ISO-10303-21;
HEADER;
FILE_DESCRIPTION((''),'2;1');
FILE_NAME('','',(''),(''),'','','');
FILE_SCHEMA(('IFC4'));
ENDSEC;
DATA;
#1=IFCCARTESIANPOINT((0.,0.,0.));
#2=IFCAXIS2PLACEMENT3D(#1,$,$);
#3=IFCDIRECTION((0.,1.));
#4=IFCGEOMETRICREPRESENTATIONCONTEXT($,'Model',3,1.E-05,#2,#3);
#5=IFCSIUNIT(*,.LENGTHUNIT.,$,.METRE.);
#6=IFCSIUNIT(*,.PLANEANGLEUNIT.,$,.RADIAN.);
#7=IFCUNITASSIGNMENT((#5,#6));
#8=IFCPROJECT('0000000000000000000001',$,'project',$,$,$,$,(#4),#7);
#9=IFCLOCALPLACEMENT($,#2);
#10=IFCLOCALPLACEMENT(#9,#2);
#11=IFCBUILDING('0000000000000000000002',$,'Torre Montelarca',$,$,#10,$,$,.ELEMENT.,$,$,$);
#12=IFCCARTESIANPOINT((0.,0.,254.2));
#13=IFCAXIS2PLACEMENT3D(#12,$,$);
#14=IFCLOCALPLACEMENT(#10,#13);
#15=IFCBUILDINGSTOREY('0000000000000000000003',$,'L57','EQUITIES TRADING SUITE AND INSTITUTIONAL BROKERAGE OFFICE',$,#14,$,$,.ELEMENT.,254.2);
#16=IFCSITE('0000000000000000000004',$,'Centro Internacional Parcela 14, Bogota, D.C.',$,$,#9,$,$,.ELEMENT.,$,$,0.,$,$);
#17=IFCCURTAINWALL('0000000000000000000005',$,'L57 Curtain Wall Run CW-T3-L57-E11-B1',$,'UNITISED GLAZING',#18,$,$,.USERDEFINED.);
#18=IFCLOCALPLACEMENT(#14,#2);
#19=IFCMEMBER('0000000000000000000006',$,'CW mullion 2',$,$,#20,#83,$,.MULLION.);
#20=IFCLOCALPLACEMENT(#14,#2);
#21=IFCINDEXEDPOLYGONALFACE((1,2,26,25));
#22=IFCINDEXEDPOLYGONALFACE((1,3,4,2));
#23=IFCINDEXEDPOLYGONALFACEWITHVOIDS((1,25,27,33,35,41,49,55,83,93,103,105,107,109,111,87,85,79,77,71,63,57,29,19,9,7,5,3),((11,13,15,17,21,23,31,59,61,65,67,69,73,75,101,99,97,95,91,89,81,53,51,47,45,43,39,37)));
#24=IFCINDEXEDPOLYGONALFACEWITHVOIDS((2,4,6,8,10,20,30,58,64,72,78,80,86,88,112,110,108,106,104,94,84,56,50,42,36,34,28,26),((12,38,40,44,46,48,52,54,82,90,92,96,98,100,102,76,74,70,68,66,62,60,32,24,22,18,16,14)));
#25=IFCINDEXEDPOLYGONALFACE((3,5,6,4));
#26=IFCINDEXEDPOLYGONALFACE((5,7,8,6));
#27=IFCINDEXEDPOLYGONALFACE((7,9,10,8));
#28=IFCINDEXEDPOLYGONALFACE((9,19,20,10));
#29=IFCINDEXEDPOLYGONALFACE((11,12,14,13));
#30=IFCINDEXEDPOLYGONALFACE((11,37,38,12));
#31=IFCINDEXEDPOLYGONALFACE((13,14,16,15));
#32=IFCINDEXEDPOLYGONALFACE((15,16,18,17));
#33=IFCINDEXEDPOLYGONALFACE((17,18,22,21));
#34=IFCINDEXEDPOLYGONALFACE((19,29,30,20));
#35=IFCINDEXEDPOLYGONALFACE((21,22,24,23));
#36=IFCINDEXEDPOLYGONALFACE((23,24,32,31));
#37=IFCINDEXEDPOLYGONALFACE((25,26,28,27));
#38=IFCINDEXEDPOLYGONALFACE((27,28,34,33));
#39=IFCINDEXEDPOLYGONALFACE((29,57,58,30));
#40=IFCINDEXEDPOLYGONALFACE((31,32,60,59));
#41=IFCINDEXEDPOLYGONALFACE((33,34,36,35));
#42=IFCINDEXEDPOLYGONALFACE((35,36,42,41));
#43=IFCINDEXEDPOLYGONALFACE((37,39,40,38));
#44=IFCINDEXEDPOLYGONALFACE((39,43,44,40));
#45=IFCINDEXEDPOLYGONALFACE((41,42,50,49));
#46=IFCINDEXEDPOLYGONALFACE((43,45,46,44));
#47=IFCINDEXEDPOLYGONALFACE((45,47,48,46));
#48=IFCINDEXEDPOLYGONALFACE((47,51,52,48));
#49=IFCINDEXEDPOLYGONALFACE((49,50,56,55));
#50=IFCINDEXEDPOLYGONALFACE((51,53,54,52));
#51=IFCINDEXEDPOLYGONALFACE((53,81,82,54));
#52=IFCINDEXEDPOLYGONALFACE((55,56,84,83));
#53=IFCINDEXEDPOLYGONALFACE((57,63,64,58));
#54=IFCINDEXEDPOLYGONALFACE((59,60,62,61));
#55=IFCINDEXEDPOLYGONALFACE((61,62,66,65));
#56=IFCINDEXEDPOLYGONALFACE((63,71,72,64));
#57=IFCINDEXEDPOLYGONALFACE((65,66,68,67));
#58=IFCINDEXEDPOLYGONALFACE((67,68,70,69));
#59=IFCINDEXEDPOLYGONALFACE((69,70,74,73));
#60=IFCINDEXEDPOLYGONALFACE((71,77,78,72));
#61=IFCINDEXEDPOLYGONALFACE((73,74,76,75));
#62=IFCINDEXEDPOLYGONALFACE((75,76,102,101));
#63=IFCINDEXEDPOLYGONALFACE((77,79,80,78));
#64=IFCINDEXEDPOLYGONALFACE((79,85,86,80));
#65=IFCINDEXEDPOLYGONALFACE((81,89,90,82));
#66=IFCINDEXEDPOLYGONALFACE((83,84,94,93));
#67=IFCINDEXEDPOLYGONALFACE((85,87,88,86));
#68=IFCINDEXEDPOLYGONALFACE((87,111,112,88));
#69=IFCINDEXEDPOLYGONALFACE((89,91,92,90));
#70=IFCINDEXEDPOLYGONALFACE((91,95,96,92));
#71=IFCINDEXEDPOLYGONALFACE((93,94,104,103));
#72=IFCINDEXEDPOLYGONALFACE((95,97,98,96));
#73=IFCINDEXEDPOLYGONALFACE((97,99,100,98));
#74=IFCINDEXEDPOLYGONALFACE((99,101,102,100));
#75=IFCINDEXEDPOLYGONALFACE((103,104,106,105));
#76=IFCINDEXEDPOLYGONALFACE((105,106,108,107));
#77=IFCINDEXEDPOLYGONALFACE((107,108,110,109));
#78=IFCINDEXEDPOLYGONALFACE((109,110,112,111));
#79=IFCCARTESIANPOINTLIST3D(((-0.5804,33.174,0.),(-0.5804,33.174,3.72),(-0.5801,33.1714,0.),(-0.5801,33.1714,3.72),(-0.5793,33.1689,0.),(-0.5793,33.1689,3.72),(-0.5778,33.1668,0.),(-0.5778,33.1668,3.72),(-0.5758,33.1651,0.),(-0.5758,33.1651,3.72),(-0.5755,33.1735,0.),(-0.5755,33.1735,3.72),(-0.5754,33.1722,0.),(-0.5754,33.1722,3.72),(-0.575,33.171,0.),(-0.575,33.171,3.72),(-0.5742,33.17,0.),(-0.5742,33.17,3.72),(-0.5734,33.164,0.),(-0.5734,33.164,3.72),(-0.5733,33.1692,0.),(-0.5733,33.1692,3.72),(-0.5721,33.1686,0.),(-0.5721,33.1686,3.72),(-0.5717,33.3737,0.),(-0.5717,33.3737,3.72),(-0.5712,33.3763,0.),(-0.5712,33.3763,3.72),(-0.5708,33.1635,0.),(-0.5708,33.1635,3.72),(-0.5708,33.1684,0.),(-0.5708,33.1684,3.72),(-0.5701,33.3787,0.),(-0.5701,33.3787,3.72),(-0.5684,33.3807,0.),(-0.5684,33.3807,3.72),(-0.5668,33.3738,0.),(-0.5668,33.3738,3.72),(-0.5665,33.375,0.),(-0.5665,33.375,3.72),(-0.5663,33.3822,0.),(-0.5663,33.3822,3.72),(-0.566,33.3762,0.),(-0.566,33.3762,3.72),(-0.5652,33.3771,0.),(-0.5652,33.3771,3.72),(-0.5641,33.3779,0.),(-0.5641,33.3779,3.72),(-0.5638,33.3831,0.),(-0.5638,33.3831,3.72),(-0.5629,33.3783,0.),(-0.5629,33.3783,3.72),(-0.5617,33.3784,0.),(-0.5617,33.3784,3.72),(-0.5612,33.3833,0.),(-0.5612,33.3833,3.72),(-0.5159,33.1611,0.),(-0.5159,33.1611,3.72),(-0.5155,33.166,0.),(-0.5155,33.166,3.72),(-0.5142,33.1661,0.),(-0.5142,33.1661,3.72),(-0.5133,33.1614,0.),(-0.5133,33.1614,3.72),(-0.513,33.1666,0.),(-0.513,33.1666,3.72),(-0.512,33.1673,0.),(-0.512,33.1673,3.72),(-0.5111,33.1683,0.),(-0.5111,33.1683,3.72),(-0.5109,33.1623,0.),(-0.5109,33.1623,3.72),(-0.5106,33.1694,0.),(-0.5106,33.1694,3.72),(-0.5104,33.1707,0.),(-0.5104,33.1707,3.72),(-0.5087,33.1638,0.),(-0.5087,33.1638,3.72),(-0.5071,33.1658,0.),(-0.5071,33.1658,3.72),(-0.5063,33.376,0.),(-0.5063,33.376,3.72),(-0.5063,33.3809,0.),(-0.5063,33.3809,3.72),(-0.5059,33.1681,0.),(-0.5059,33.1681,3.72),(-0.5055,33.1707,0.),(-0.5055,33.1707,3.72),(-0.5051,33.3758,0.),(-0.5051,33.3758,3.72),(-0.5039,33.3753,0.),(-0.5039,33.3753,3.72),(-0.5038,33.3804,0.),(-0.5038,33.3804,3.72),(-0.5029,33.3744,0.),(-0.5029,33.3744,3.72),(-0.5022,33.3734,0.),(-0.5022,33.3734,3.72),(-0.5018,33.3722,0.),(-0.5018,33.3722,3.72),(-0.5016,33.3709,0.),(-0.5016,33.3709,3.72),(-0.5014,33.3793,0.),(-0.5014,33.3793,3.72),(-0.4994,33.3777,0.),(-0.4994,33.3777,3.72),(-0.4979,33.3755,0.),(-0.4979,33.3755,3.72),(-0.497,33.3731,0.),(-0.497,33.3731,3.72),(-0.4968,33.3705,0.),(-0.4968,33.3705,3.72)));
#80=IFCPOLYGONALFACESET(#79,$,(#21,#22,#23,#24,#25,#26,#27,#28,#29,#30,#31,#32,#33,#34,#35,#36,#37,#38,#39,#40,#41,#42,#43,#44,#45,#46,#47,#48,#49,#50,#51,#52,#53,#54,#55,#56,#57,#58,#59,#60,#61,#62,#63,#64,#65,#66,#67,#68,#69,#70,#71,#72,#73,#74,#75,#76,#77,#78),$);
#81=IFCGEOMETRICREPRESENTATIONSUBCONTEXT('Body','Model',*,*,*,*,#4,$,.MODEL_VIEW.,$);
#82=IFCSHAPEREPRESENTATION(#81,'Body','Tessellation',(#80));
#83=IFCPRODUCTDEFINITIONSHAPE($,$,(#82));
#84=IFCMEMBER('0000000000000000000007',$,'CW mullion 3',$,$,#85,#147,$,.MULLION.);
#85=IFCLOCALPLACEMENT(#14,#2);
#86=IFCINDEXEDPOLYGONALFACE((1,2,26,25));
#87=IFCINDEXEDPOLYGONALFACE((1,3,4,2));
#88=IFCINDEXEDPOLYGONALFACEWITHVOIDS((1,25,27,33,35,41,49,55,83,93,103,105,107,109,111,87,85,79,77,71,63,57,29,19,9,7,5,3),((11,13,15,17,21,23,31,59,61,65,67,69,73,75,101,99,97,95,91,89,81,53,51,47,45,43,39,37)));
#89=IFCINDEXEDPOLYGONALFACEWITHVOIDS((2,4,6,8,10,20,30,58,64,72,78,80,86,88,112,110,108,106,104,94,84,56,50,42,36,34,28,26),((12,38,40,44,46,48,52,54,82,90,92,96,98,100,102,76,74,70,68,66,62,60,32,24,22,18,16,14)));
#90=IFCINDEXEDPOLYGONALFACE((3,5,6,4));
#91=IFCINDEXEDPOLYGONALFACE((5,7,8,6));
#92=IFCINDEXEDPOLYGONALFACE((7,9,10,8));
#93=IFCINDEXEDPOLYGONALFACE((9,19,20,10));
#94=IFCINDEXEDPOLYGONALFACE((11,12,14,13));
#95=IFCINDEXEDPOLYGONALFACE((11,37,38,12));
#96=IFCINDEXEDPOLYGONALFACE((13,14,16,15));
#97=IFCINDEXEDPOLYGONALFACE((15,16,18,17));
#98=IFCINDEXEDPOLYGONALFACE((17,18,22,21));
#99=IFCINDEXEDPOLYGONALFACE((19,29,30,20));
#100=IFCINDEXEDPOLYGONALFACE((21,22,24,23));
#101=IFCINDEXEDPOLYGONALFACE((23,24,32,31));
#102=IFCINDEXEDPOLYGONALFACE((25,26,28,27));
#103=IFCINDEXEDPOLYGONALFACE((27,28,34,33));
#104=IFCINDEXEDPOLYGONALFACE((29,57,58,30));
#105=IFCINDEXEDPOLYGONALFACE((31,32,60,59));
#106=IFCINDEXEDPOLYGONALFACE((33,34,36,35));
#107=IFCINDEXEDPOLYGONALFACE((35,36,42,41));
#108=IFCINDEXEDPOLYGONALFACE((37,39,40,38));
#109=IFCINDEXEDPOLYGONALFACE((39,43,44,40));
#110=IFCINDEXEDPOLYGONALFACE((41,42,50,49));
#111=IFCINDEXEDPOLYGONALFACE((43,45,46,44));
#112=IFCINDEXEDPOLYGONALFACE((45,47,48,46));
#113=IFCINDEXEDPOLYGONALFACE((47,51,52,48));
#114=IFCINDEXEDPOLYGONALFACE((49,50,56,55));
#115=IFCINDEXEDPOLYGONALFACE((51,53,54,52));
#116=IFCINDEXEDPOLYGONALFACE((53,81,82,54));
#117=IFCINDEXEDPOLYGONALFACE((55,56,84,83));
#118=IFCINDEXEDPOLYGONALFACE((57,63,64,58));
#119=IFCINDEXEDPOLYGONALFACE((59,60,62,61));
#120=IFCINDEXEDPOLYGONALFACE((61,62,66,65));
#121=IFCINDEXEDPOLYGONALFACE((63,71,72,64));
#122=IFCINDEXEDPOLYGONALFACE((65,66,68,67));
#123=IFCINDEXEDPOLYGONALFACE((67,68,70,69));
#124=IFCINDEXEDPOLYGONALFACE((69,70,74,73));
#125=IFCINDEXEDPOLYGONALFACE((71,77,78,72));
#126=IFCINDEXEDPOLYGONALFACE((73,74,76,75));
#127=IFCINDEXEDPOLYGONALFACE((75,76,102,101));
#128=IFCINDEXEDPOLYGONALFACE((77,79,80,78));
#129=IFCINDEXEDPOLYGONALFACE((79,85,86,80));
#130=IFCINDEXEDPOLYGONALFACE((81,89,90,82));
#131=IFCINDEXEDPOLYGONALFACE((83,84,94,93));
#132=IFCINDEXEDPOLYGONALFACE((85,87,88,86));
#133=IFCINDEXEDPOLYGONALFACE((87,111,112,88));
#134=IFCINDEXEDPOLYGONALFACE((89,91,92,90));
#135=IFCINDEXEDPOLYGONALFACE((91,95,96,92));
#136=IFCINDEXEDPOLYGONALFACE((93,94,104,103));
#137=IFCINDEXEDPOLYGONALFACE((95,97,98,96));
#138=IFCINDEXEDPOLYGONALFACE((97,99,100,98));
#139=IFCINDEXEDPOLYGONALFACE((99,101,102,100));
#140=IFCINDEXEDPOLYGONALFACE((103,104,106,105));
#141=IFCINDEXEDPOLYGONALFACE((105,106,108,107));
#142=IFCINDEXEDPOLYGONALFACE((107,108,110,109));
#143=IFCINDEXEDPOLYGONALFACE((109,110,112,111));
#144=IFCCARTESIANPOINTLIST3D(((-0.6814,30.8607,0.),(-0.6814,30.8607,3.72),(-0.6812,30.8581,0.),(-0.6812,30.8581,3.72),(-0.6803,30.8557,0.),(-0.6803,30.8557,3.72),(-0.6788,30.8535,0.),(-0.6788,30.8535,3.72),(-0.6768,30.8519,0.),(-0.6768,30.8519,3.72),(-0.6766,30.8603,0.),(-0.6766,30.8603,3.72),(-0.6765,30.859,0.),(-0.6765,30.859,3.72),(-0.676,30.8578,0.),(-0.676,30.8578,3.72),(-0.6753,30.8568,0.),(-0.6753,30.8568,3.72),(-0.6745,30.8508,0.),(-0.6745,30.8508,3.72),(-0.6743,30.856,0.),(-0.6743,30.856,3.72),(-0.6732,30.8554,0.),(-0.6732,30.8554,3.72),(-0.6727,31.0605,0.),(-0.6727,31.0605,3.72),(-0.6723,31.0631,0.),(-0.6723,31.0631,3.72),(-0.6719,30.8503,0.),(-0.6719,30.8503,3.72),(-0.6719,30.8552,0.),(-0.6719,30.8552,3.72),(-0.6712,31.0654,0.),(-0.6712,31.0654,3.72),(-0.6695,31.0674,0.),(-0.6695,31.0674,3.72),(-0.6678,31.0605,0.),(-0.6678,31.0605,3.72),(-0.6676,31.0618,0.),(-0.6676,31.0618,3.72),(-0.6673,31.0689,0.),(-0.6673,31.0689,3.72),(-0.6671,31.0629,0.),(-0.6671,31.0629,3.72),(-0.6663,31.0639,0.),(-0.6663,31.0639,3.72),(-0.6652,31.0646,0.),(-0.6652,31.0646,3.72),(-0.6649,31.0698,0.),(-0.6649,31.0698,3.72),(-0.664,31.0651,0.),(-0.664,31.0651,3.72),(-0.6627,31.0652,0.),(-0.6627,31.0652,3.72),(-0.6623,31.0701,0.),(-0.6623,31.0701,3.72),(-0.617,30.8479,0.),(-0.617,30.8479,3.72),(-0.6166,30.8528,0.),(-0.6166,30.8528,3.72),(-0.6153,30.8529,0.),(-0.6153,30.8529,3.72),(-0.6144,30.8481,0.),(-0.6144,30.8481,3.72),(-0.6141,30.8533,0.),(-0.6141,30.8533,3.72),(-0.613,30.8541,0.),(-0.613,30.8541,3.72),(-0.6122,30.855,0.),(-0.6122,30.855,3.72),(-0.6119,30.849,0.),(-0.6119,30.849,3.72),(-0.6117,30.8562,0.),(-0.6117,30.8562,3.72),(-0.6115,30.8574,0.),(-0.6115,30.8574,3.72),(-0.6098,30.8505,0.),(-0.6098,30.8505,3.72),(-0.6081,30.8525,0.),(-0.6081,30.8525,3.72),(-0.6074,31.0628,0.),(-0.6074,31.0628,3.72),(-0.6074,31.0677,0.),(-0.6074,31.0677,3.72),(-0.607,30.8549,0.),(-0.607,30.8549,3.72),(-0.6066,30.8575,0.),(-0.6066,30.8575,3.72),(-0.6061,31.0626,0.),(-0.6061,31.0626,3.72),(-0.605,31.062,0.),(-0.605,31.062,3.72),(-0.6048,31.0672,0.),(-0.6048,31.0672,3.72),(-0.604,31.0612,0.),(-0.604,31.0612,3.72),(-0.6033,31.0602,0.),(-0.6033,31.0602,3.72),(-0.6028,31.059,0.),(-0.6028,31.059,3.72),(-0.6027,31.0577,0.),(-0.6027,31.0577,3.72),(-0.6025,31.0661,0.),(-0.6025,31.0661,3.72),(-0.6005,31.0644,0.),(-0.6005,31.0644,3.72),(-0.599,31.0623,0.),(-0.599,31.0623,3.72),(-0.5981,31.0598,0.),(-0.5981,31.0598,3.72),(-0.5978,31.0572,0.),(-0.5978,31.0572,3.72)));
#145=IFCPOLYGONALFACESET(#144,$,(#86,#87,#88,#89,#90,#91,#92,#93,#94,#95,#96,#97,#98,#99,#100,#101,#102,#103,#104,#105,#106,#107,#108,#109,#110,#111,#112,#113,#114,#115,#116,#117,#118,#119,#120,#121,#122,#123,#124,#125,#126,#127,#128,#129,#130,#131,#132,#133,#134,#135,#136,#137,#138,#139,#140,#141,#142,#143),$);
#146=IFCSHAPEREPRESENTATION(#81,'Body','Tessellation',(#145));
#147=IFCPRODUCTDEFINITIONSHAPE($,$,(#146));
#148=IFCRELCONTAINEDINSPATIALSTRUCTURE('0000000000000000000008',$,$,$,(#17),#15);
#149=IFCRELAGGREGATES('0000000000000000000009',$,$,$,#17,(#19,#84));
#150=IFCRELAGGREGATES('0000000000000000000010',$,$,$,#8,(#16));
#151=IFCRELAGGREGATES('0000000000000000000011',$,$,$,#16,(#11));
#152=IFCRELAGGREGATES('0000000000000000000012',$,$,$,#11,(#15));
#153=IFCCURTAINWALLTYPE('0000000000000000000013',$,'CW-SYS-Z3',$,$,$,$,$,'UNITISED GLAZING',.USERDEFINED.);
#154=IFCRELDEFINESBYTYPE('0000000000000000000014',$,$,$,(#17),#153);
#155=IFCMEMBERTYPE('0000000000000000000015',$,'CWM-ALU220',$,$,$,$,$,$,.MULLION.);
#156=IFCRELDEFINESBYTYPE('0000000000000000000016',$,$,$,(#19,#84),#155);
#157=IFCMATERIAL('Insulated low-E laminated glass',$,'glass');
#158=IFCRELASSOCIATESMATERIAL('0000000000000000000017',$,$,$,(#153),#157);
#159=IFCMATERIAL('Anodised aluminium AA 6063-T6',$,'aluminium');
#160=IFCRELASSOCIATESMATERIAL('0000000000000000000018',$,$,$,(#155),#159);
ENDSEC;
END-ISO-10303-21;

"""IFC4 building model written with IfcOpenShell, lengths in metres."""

from ifc_helpers import new_model, si_unit, direction, frame, origin, origin_2d, place, context, subcontext, project, spatial, hollow_rectangle, extrude, source, transform, mapped, material, material_profile, profile_set, type_object, element, aggregate, save


model = new_model("IFC4")

# Units and contexts
model_context = context("Model", 3, precision=1e-05, world=origin(), true_north=direction((0.0, 1.0)))
body_context = subcontext(model_context, "Body", "Model", "MODEL_VIEW")
ifc_project = project(units=[si_unit("LENGTHUNIT", "METRE"), si_unit("PLANEANGLEUNIT", "RADIAN")], contexts=[model_context])

# Site, building, storey
site_placement = place(None, origin())
site = spatial("IfcSite", under=ifc_project, at=site_placement, Name="Centro Internacional Parcela 14, Bogota, D.C.", CompositionType="ELEMENT", RefElevation=0.0)
building_placement = place(site_placement, origin())
building = spatial("IfcBuilding", under=site, at=building_placement, Name="Torre Montelarca", CompositionType="ELEMENT")
storey_placement = place(building_placement, frame((0.0, 0.0, 254.2)))
storey = spatial("IfcBuildingStorey", under=building, at=storey_placement, Name="L57", Description="EQUITIES TRADING SUITE AND INSTITUTIONAL BROKERAGE OFFICE", CompositionType="ELEMENT", Elevation=254.2)

# Shared definitions
ifc_material_1 = material(Name="Insulated low-E laminated glass", Category="glass")
curtain_wall_type = type_object("IfcCurtainWallType", Name="CW-SYS-Z3", ElementType="UNITISED GLAZING", PredefinedType="USERDEFINED", material=ifc_material_1)
ifc_material_2 = material(Name="Anodised aluminium AA 6063-T6", Category="aluminium")
ifc_material_profile_1 = material_profile(ifc_material_2, hollow_rectangle(XDim=0.075, YDim=0.22, WallThickness=0.0049, InnerFilletRadius=0.0049, OuterFilletRadius=0.01, at=origin_2d()), Name="ALU75X220X5", Category="aluminium")
ifc_profile_set_1 = profile_set([ifc_material_profile_1], Name="Anodised aluminium AA 6063-T6")
member_type_1 = type_object("IfcMemberType", Name="CWM-ALU220", PredefinedType="MULLION", material=ifc_profile_set_1)
shared_shape_1 = source(origin(), body_context, "Body", "SweptSolid", [
    extrude(hollow_rectangle(XDim=0.075, YDim=0.22, WallThickness=0.0049, InnerFilletRadius=0.0049, OuterFilletRadius=0.01, at=origin_2d()), origin(), (0.0, 0.0, 1.0), 3.72),
])

# Curtain wall, members
curtain_wall_1_placement = place(storey_placement, origin())
curtain_wall_1 = element("IfcCurtainWall", 1, at=curtain_wall_1_placement, inside=storey, type_object=curtain_wall_type, Name="L57 Curtain Wall Run CW-T3-L57-E11-B1", ObjectType="UNITISED GLAZING", PredefinedType="USERDEFINED")
member_1_placement = place(storey_placement, frame((-0.5386, 33.2722, 0.0), z_axis=(0.0, 0.0, 1.0), x_axis=(0.999048, -0.043626, 0.0)))
member_1 = element("IfcMember", 2, at=member_1_placement, type_object=member_type_1, Name="CW mullion 2", PredefinedType="MULLION", context=body_context, shape_type="MappedRepresentation", body=[
    mapped(shared_shape_1, transform((0.0, 0.0, 0.0), scale=1.0)),
])
member_2_placement = place(storey_placement, frame((-0.6396, 30.959, 0.0), z_axis=(0.0, 0.0, 1.0), x_axis=(0.999048, -0.043626, 0.0)))
member_2 = element("IfcMember", 3, at=member_2_placement, type_object=member_type_1, Name="CW mullion 3", PredefinedType="MULLION", context=body_context, shape_type="MappedRepresentation", body=[
    mapped(shared_shape_1, transform((0.0, 0.0, 0.0), scale=1.0)),
])
aggregate(curtain_wall_1, [member_1, member_2])

save(model, "model.ifc")
